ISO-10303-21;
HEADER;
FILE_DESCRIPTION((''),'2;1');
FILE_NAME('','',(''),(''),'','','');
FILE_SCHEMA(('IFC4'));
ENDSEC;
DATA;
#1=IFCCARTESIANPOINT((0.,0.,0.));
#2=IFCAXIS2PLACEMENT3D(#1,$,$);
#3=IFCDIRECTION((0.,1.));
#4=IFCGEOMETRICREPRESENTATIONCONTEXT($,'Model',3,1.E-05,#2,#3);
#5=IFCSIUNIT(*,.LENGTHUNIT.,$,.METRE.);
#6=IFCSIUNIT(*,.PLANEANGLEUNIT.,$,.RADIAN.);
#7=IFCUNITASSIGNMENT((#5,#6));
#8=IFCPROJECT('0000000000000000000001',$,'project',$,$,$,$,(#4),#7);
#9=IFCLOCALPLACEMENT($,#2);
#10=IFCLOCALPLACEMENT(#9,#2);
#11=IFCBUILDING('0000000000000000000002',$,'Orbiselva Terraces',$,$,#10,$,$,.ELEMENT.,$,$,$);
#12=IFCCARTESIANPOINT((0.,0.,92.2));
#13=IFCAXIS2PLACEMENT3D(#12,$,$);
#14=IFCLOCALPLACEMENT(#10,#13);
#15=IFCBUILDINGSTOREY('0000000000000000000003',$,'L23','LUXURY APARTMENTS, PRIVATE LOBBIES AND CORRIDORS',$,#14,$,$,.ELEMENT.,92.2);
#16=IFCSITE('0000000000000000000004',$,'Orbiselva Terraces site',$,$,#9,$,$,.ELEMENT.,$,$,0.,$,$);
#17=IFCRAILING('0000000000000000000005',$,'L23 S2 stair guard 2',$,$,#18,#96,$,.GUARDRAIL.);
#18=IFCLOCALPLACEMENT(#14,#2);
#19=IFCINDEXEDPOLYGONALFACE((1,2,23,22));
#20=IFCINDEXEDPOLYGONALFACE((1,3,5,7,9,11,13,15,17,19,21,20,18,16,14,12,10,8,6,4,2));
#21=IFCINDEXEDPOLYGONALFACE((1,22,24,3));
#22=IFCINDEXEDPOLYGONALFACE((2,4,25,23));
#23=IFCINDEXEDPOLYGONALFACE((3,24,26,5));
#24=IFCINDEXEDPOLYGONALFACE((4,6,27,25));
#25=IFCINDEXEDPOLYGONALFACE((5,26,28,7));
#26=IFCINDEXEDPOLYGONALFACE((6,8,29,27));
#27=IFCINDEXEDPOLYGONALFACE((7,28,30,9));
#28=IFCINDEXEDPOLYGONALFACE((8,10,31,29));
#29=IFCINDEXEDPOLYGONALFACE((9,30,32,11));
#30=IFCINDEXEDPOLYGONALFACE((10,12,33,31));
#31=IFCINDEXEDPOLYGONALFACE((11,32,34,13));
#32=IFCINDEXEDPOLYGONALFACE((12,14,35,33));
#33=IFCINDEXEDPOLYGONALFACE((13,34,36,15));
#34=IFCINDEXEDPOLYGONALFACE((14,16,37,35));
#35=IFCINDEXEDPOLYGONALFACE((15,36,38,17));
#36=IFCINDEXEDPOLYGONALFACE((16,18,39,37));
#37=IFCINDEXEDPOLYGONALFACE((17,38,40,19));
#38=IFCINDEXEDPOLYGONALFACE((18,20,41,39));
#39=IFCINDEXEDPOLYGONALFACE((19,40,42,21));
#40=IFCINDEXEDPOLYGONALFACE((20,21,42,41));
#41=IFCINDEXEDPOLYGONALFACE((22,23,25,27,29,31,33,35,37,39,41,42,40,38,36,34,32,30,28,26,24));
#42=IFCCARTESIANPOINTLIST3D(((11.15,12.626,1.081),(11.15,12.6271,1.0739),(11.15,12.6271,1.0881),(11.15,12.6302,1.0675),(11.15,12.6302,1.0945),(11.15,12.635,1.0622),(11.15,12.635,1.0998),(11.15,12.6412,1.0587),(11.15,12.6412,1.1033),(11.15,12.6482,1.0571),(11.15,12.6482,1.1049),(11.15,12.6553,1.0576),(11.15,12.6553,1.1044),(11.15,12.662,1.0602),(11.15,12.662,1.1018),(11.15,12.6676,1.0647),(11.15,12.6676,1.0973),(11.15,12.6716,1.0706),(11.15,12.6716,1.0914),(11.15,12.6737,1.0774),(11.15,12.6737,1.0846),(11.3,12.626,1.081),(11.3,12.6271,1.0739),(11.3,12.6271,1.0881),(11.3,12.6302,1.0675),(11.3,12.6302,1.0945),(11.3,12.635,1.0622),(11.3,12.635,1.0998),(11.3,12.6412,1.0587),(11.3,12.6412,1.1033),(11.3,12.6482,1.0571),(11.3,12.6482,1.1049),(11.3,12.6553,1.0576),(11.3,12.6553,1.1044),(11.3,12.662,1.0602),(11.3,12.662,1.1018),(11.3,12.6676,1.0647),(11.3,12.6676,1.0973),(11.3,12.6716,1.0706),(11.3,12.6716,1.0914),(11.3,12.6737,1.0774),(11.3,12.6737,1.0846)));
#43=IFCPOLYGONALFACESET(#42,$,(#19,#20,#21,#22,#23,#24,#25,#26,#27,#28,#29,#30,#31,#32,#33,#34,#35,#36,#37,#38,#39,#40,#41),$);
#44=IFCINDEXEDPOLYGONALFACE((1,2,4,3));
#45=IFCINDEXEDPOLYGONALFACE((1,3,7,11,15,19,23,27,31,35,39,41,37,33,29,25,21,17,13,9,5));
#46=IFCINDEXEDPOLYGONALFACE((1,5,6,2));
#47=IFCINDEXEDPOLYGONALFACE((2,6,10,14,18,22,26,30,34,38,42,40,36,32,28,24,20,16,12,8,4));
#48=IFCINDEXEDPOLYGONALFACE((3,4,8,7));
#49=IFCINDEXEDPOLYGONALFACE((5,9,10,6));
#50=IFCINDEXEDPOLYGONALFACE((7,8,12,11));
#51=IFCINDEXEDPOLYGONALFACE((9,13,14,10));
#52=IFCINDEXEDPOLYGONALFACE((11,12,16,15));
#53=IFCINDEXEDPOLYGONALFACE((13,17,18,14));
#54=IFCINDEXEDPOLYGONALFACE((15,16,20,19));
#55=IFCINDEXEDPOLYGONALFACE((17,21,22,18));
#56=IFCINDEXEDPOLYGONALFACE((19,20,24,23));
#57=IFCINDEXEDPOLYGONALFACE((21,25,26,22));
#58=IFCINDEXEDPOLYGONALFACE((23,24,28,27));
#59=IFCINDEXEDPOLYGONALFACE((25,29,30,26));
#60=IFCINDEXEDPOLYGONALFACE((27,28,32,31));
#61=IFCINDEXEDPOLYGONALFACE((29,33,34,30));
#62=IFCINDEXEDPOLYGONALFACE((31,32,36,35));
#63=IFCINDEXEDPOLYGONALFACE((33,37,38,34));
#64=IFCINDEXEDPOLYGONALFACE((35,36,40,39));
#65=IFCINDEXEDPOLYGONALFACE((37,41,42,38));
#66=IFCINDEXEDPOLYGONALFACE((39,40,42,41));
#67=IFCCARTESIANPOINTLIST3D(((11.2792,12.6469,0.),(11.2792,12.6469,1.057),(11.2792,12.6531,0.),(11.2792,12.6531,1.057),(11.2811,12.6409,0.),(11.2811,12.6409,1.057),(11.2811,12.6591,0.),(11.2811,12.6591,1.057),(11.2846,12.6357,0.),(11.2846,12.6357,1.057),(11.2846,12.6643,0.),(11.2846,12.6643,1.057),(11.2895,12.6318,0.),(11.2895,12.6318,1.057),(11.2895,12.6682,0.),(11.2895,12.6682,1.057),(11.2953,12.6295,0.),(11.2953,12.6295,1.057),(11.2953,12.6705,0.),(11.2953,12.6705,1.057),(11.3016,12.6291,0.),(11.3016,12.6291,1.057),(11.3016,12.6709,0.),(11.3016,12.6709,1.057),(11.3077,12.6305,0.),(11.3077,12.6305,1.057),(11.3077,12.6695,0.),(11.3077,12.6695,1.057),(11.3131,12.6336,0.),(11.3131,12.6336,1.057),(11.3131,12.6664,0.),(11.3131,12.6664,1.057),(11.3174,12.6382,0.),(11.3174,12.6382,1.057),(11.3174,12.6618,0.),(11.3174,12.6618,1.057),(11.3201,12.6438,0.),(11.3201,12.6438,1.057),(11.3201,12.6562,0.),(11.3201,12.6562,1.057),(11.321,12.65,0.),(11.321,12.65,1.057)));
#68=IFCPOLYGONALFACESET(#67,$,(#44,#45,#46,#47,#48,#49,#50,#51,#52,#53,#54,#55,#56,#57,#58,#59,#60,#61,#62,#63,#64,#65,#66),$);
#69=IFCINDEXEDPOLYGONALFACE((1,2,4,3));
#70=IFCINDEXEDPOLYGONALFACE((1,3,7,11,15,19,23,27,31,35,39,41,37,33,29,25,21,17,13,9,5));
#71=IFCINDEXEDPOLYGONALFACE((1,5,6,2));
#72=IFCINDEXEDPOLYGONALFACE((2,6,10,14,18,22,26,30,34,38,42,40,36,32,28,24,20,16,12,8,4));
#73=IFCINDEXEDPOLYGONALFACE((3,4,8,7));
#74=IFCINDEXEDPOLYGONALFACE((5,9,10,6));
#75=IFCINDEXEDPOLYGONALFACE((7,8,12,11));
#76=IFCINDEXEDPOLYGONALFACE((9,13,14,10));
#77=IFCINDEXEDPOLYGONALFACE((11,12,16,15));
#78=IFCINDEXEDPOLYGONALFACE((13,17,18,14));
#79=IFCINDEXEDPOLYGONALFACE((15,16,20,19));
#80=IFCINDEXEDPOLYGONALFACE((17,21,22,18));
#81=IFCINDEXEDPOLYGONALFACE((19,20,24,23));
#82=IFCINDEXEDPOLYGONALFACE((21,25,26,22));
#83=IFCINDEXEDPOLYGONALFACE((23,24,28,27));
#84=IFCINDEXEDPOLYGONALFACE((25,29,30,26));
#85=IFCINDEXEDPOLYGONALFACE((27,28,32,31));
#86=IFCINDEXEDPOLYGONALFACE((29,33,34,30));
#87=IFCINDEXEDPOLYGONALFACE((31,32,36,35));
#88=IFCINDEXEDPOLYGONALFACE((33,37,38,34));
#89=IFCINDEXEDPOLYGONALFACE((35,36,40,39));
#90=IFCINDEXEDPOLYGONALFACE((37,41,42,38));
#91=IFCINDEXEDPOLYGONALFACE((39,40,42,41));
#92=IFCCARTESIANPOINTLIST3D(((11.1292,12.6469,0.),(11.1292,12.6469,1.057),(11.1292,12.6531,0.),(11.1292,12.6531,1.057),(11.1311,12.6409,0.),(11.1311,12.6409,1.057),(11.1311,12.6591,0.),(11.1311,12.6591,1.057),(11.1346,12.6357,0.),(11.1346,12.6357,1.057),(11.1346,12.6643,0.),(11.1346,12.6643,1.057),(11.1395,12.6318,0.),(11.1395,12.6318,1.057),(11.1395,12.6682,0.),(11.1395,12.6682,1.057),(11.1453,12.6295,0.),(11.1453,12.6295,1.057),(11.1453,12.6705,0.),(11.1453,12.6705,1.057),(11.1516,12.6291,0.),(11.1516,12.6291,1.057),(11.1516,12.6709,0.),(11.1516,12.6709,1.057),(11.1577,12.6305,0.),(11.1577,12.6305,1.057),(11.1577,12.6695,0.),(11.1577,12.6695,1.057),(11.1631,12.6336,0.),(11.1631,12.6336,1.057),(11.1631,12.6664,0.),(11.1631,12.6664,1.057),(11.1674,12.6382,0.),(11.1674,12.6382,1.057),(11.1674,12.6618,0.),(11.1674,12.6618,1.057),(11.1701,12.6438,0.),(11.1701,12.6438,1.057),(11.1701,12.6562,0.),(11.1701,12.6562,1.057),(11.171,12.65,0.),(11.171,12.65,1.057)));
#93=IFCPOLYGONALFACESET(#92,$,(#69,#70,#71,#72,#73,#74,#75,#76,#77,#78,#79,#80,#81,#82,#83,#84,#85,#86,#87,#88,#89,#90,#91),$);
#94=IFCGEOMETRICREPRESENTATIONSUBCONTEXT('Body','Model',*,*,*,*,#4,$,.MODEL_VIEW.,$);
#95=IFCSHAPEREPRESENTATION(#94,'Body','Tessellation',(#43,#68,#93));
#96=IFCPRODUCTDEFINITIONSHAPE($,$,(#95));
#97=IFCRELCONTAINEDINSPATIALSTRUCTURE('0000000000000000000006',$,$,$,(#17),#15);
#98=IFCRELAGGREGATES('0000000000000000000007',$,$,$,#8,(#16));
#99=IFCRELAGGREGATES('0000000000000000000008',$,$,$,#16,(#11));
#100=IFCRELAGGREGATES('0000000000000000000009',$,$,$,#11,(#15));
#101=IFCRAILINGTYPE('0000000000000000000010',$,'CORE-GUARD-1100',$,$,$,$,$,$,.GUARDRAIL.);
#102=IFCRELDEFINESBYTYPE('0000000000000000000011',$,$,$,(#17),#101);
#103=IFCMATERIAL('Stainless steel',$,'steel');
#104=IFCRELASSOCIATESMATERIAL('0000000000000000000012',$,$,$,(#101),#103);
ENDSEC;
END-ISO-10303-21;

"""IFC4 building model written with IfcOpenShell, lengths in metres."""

from ifc_helpers import new_model, si_unit, direction, frame, origin, origin_2d, place, context, subcontext, project, spatial, circle, extrude, material, type_object, element, save


model = new_model("IFC4")

# Units and contexts
model_context = context("Model", 3, precision=1e-05, world=origin(), true_north=direction((0.0, 1.0)))
body_context = subcontext(model_context, "Body", "Model", "MODEL_VIEW")
ifc_project = project(units=[si_unit("LENGTHUNIT", "METRE"), si_unit("PLANEANGLEUNIT", "RADIAN")], contexts=[model_context])

# Site, building, storey
site_placement = place(None, origin())
site = spatial("IfcSite", under=ifc_project, at=site_placement, Name="Orbiselva Terraces site", CompositionType="ELEMENT", RefElevation=0.0)
building_placement = place(site_placement, origin())
building = spatial("IfcBuilding", under=site, at=building_placement, Name="Orbiselva Terraces", CompositionType="ELEMENT")
storey_placement = place(building_placement, frame((0.0, 0.0, 92.2)))
storey = spatial("IfcBuildingStorey", under=building, at=storey_placement, Name="L23", Description="LUXURY APARTMENTS, PRIVATE LOBBIES AND CORRIDORS", CompositionType="ELEMENT", Elevation=92.2)

# Railing
ifc_material_1 = material(Name="Stainless steel", Category="steel")
railing_type = type_object("IfcRailingType", Name="CORE-GUARD-1100", PredefinedType="GUARDRAIL", material=ifc_material_1)
railing_1_placement = place(storey_placement, frame((11.3, 12.65, 0.0)))
element("IfcRailing", 1, at=railing_1_placement, inside=storey, type_object=railing_type, Name="L23 S2 stair guard 2", PredefinedType="GUARDRAIL", context=body_context, shape_type="SweptSolid", body=[
    extrude(circle(Radius=0.024, at=origin_2d()), frame((0.0, 0.0, 1.081), z_axis=(-1.0, 0.0, 0.0), x_axis=(0.0, -1.0, 0.0)), (0.0, 0.0, 1.0), 0.15),
    extrude(circle(Radius=0.021, at=origin_2d()), origin(), (0.0, 0.0, 1.0), 1.057),
    extrude(circle(Radius=0.021, at=origin_2d()), frame((-0.15, 0.0, 0.0)), (0.0, 0.0, 1.0), 1.057),
])

save(model, "model.ifc")
